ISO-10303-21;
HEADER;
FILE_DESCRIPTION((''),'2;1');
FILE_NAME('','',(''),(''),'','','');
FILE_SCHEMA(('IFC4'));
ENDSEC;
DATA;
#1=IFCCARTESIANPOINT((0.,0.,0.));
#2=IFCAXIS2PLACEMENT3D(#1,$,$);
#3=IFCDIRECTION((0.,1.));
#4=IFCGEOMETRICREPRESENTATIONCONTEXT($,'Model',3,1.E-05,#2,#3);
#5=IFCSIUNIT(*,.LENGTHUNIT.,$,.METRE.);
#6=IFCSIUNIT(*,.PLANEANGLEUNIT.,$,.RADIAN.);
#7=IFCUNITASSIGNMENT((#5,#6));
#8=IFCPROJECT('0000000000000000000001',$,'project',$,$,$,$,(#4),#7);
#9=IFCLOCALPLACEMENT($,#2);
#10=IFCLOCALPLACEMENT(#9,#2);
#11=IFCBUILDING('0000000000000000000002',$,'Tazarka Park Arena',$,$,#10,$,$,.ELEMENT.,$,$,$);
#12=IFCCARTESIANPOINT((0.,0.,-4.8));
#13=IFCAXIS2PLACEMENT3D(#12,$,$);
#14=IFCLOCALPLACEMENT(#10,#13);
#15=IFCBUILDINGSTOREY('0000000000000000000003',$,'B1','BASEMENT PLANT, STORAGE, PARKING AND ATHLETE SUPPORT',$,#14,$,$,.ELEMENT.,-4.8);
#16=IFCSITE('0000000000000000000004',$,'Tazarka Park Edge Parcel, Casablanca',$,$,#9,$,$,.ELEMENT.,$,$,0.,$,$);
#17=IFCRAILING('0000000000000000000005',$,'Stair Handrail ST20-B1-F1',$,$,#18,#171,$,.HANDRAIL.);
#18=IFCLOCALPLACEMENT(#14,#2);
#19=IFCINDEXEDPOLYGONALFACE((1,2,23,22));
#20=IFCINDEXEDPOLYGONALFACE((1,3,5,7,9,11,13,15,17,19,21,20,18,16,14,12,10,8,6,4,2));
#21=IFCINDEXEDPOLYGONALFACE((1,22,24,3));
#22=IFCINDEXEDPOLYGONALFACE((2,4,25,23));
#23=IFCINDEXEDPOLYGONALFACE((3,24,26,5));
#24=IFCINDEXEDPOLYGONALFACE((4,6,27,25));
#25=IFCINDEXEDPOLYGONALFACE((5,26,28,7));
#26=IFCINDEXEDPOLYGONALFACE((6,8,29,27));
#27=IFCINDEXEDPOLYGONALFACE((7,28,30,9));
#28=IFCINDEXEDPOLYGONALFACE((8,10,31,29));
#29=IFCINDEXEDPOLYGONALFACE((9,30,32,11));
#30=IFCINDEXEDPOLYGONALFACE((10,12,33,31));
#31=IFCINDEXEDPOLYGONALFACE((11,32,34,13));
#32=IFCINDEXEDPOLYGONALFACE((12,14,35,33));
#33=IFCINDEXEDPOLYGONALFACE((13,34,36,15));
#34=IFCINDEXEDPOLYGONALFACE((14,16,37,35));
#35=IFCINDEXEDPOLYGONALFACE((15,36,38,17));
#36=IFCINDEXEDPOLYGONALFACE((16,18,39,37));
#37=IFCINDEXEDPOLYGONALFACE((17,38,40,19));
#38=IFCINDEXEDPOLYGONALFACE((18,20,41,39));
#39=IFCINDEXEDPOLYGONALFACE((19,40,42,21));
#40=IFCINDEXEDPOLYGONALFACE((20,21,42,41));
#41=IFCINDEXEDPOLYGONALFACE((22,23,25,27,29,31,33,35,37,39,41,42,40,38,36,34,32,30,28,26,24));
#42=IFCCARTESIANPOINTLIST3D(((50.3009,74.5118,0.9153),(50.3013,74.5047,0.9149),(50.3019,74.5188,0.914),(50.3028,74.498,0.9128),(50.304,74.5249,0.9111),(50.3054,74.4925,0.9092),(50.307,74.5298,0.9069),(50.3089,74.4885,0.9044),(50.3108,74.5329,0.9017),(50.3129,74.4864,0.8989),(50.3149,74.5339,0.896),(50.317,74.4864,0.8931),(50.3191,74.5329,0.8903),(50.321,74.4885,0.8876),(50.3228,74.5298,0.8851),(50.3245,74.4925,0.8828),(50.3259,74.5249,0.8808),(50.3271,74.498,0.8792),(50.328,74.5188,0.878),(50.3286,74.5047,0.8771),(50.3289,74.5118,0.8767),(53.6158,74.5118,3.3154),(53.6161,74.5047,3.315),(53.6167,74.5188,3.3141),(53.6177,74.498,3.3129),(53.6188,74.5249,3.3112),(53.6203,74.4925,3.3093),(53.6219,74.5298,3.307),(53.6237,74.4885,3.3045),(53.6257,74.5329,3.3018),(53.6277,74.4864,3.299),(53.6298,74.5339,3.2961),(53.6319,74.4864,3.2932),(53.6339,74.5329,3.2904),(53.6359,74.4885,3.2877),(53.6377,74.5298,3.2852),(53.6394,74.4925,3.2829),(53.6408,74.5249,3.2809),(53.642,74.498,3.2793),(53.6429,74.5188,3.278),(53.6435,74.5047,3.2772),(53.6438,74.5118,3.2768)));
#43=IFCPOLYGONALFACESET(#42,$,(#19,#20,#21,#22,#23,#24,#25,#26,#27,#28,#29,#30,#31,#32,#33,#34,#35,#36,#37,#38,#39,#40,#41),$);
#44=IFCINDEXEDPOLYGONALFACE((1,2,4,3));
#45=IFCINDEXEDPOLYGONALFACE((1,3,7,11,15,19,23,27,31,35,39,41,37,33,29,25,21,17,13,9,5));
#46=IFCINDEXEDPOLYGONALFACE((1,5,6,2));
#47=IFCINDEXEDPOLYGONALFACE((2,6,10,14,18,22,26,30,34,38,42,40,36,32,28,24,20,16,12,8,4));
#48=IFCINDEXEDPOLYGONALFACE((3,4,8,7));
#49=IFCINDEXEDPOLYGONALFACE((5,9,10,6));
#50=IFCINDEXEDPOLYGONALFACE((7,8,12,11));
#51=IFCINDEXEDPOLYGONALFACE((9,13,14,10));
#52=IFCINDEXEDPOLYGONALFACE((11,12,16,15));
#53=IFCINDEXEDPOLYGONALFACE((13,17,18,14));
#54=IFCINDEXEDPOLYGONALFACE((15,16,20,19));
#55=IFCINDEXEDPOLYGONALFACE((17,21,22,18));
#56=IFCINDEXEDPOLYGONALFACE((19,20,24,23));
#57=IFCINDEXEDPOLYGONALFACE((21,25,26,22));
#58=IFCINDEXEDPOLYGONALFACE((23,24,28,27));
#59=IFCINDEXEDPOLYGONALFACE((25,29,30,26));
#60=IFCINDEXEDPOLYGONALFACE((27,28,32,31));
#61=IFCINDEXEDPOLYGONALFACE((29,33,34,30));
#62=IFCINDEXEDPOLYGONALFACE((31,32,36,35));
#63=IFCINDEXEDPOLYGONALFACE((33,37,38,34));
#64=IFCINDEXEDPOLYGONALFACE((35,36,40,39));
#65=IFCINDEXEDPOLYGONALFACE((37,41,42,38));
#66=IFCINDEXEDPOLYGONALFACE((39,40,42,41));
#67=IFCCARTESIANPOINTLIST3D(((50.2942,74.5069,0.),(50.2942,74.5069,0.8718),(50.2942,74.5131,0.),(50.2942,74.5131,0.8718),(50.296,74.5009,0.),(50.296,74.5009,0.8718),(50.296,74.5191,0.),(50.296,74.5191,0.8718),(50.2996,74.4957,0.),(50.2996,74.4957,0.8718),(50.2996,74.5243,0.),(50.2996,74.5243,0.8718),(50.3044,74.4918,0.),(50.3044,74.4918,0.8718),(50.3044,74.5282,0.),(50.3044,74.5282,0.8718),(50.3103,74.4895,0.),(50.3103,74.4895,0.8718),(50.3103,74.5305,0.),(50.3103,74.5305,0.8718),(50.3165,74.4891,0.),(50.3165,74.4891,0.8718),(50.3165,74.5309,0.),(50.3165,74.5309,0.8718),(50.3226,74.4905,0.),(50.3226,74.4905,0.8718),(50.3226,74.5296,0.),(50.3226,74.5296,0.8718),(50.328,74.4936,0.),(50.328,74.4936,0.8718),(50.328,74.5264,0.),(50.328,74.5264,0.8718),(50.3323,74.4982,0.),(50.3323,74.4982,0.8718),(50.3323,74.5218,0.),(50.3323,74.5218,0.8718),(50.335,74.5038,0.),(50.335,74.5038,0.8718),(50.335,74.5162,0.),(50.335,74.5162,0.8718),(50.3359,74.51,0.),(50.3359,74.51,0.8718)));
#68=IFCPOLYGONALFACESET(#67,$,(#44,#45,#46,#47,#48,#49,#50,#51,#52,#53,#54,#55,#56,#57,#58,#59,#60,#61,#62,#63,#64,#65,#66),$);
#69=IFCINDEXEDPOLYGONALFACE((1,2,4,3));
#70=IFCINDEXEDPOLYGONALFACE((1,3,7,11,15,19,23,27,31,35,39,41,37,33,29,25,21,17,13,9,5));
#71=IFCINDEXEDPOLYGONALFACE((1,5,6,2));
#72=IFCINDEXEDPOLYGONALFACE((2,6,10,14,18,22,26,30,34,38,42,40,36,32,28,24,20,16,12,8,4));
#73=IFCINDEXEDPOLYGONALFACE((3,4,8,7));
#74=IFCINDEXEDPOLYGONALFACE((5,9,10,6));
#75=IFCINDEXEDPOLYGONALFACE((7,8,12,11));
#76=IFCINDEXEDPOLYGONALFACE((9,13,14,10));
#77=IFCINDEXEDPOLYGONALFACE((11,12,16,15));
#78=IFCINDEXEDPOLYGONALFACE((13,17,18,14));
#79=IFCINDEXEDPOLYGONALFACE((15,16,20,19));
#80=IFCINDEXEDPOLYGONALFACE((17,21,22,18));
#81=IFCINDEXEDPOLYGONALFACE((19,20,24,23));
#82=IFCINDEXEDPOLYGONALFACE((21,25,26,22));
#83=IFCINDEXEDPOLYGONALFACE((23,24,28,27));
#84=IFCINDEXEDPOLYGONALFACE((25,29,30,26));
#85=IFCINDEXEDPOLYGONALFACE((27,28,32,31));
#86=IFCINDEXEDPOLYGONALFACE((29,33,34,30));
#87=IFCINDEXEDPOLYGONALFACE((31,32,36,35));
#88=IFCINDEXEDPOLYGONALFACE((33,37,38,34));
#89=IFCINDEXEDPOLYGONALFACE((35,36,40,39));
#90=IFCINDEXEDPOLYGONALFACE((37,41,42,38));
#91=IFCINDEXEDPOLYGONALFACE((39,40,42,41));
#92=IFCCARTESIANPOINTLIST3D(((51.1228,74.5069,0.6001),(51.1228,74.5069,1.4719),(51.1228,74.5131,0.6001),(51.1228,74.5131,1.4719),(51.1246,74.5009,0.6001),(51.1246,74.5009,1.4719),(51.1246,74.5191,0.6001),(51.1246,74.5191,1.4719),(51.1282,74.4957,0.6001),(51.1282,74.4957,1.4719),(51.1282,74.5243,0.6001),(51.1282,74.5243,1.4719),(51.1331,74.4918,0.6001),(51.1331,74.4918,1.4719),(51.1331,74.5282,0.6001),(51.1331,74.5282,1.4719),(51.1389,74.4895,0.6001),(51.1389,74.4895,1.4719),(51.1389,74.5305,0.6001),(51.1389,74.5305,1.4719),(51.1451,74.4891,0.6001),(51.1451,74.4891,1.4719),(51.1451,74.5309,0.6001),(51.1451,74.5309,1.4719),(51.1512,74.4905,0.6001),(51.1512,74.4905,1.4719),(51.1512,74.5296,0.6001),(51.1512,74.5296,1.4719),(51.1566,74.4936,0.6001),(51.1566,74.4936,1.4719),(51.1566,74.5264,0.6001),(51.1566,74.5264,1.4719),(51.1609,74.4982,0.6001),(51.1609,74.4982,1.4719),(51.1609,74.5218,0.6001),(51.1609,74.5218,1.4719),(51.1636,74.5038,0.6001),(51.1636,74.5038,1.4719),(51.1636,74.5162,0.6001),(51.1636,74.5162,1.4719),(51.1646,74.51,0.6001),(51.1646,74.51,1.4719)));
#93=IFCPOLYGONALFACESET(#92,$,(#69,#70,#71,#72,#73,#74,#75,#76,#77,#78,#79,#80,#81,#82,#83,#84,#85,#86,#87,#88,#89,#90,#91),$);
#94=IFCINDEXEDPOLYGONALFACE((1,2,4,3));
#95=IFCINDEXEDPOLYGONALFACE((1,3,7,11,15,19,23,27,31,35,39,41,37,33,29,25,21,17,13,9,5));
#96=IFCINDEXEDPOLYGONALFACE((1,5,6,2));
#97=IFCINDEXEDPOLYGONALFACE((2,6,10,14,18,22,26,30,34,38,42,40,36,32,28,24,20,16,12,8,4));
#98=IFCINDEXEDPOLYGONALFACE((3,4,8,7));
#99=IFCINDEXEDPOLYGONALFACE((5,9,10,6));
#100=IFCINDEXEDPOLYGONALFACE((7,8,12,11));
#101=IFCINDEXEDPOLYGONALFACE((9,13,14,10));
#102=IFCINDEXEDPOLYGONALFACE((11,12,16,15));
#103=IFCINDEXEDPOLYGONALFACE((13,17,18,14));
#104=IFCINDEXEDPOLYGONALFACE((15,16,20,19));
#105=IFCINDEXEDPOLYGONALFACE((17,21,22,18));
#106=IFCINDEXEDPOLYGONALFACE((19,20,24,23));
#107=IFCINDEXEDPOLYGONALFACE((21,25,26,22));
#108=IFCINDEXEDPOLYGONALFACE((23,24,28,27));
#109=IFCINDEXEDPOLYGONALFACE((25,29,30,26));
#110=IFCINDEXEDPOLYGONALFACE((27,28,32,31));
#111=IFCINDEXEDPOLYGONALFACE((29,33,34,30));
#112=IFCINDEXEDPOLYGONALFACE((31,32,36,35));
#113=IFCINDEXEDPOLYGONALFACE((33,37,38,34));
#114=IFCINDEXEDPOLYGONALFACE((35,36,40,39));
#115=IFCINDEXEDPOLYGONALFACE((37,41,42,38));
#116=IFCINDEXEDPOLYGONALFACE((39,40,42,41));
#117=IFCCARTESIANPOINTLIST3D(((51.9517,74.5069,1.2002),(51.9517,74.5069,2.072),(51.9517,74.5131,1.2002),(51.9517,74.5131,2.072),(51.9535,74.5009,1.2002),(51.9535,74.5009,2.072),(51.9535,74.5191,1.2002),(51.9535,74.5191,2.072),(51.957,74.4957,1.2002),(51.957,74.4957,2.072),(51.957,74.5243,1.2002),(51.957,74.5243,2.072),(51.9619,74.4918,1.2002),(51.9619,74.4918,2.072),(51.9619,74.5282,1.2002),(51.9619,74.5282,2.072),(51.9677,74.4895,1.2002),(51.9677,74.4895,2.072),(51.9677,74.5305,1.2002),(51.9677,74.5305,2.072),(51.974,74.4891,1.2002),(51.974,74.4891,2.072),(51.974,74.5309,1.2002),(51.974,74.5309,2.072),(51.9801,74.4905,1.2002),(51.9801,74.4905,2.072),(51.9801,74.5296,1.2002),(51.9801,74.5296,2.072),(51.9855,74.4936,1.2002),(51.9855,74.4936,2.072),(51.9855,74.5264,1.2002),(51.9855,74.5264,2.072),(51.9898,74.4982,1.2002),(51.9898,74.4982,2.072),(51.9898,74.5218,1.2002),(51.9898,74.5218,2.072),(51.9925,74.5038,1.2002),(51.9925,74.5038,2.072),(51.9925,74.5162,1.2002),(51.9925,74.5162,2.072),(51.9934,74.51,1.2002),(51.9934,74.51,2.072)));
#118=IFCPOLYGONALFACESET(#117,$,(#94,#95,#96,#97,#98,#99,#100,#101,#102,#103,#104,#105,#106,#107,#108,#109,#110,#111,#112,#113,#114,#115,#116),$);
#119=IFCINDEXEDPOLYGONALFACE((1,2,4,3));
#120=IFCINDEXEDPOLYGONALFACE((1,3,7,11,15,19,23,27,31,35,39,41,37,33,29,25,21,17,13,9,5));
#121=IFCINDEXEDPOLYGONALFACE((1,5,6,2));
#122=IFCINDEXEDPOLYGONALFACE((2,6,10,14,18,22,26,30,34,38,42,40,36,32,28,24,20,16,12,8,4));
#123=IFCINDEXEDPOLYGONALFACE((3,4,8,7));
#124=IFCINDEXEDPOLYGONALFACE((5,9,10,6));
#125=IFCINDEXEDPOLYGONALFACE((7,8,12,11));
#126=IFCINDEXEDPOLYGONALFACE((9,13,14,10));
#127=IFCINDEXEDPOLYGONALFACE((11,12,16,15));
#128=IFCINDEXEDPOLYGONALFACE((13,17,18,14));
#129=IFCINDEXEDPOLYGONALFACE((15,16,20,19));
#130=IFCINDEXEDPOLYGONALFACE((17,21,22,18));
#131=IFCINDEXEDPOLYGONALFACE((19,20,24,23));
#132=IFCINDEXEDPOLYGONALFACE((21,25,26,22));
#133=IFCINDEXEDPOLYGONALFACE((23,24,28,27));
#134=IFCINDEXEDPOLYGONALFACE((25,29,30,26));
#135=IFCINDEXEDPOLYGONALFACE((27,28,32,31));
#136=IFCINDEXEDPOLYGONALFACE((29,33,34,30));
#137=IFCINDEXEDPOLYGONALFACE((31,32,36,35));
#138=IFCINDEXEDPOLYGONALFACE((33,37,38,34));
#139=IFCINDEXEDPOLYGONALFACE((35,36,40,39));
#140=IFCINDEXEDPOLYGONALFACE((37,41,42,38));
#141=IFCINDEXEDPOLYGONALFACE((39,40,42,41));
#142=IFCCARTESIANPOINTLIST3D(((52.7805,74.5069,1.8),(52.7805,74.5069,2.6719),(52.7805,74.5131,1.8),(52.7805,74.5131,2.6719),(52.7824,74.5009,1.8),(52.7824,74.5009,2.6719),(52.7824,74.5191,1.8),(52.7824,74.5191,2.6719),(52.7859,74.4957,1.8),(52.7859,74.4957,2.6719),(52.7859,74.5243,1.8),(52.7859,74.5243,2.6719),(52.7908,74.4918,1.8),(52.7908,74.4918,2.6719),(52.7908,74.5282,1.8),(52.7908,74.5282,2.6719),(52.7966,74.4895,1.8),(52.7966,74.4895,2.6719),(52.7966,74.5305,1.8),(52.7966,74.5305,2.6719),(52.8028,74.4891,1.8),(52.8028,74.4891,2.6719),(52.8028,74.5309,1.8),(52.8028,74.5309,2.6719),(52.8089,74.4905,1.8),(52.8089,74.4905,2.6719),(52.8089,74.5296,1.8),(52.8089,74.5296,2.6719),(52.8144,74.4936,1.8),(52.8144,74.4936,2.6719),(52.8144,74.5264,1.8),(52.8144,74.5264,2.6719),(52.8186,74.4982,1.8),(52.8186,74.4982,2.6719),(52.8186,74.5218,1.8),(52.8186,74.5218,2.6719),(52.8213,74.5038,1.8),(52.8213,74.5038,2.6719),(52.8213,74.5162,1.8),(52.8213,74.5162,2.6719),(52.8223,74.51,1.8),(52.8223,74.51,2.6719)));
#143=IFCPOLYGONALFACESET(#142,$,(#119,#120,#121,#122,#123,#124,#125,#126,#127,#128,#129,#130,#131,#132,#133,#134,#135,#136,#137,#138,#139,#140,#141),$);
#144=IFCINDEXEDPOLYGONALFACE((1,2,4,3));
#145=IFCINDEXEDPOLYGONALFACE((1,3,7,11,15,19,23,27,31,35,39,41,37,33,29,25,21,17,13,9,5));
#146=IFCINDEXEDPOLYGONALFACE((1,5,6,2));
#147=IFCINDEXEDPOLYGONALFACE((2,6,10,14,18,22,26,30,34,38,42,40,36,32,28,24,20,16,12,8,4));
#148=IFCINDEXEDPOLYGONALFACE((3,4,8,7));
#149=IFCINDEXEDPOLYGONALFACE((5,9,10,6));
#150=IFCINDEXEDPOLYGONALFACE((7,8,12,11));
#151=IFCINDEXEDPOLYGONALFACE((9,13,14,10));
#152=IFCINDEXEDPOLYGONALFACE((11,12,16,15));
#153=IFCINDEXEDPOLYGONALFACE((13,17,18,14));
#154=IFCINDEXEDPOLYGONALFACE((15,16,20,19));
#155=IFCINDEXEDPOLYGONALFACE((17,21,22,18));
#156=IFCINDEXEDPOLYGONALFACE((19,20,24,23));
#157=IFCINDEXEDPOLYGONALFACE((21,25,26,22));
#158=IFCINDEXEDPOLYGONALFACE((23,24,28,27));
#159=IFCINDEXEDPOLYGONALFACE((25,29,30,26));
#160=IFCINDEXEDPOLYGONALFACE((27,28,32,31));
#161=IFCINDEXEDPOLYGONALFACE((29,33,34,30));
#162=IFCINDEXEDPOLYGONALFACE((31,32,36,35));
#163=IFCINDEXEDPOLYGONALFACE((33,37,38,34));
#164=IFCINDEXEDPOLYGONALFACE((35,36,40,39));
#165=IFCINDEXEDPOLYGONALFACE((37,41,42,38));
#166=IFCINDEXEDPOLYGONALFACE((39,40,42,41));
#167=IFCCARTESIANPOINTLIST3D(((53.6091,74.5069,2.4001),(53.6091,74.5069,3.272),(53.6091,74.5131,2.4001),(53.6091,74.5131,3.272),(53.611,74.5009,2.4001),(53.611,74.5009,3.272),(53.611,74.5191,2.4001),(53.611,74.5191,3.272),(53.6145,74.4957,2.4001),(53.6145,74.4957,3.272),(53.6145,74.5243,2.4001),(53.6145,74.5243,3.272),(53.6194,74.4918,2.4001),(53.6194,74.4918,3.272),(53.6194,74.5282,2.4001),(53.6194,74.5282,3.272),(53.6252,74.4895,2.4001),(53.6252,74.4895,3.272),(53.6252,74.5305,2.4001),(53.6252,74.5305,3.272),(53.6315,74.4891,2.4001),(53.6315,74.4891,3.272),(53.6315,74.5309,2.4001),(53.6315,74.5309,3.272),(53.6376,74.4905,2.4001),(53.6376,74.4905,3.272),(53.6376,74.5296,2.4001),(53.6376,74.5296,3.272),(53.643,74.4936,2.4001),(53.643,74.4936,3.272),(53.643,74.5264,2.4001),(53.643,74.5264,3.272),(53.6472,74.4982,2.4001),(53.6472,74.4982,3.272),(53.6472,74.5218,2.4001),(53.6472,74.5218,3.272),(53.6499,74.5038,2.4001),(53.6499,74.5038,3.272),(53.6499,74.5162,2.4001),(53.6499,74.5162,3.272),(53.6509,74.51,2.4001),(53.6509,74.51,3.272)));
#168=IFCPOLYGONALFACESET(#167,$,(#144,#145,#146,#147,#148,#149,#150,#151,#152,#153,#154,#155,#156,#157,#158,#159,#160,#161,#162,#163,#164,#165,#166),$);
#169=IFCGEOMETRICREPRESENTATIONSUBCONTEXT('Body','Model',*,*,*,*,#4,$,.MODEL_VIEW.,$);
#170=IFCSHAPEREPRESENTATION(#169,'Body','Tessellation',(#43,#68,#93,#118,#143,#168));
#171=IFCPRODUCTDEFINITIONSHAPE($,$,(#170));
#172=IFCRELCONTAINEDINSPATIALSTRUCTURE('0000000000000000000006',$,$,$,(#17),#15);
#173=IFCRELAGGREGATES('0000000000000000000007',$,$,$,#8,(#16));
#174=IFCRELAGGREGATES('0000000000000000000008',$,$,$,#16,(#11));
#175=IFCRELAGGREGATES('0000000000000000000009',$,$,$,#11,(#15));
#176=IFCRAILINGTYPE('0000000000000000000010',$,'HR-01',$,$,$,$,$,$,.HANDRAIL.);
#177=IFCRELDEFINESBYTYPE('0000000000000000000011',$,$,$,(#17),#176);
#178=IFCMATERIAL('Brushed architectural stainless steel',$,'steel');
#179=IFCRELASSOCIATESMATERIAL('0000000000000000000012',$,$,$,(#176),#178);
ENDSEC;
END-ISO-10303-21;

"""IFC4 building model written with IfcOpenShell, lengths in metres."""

from ifc_helpers import new_model, si_unit, direction, frame, origin, origin_2d, place, context, subcontext, project, spatial, circle, extrude, material, type_object, element, save


model = new_model("IFC4")

# Units and contexts
model_context = context("Model", 3, precision=1e-05, world=origin(), true_north=direction((0.0, 1.0)))
body_context = subcontext(model_context, "Body", "Model", "MODEL_VIEW")
ifc_project = project(units=[si_unit("LENGTHUNIT", "METRE"), si_unit("PLANEANGLEUNIT", "RADIAN")], contexts=[model_context])

# Site, building, storey
site_placement = place(None, origin())
site = spatial("IfcSite", under=ifc_project, at=site_placement, Name="Tazarka Park Edge Parcel, Casablanca", CompositionType="ELEMENT", RefElevation=0.0)
building_placement = place(site_placement, origin())
building = spatial("IfcBuilding", under=site, at=building_placement, Name="Tazarka Park Arena", CompositionType="ELEMENT")
storey_placement = place(building_placement, frame((0.0, 0.0, -4.8)))
storey = spatial("IfcBuildingStorey", under=building, at=storey_placement, Name="B1", Description="BASEMENT PLANT, STORAGE, PARKING AND ATHLETE SUPPORT", CompositionType="ELEMENT", Elevation=-4.8)

# Railing
ifc_material_1 = material(Name="Brushed architectural stainless steel", Category="steel")
railing_type_1 = type_object("IfcRailingType", Name="HR-01", PredefinedType="HANDRAIL", material=ifc_material_1)
railing_1_placement = place(storey_placement, frame((50.3149, 74.51, 0.0)))
element("IfcRailing", 1, at=railing_1_placement, inside=storey, type_object=railing_type_1, Name="Stair Handrail ST20-B1-F1", PredefinedType="HANDRAIL", context=body_context, shape_type="SweptSolid", body=[
    extrude(circle(Radius=0.0239, at=origin_2d()), frame((0.0, 0.0, 0.896), z_axis=(0.80998, 0.0, 0.586457), x_axis=(0.0, 1.0, 0.0)), (0.0, 0.0, 1.0), 4.0925),
    extrude(circle(Radius=0.021, at=origin_2d()), origin(), (0.0, 0.0, 1.0), 0.8718),
    extrude(circle(Radius=0.021, at=origin_2d()), frame((0.8286, 0.0, 0.6001)), (0.0, 0.0, 1.0), 0.8718),
    extrude(circle(Radius=0.021, at=origin_2d()), frame((1.6575, 0.0, 1.2002)), (0.0, 0.0, 1.0), 0.8718),
    extrude(circle(Radius=0.021, at=origin_2d()), frame((2.4863, 0.0, 1.8)), (0.0, 0.0, 1.0), 0.8718),
    extrude(circle(Radius=0.021, at=origin_2d()), frame((3.3149, 0.0, 2.4001)), (0.0, 0.0, 1.0), 0.8718),
])

save(model, "model.ifc")
